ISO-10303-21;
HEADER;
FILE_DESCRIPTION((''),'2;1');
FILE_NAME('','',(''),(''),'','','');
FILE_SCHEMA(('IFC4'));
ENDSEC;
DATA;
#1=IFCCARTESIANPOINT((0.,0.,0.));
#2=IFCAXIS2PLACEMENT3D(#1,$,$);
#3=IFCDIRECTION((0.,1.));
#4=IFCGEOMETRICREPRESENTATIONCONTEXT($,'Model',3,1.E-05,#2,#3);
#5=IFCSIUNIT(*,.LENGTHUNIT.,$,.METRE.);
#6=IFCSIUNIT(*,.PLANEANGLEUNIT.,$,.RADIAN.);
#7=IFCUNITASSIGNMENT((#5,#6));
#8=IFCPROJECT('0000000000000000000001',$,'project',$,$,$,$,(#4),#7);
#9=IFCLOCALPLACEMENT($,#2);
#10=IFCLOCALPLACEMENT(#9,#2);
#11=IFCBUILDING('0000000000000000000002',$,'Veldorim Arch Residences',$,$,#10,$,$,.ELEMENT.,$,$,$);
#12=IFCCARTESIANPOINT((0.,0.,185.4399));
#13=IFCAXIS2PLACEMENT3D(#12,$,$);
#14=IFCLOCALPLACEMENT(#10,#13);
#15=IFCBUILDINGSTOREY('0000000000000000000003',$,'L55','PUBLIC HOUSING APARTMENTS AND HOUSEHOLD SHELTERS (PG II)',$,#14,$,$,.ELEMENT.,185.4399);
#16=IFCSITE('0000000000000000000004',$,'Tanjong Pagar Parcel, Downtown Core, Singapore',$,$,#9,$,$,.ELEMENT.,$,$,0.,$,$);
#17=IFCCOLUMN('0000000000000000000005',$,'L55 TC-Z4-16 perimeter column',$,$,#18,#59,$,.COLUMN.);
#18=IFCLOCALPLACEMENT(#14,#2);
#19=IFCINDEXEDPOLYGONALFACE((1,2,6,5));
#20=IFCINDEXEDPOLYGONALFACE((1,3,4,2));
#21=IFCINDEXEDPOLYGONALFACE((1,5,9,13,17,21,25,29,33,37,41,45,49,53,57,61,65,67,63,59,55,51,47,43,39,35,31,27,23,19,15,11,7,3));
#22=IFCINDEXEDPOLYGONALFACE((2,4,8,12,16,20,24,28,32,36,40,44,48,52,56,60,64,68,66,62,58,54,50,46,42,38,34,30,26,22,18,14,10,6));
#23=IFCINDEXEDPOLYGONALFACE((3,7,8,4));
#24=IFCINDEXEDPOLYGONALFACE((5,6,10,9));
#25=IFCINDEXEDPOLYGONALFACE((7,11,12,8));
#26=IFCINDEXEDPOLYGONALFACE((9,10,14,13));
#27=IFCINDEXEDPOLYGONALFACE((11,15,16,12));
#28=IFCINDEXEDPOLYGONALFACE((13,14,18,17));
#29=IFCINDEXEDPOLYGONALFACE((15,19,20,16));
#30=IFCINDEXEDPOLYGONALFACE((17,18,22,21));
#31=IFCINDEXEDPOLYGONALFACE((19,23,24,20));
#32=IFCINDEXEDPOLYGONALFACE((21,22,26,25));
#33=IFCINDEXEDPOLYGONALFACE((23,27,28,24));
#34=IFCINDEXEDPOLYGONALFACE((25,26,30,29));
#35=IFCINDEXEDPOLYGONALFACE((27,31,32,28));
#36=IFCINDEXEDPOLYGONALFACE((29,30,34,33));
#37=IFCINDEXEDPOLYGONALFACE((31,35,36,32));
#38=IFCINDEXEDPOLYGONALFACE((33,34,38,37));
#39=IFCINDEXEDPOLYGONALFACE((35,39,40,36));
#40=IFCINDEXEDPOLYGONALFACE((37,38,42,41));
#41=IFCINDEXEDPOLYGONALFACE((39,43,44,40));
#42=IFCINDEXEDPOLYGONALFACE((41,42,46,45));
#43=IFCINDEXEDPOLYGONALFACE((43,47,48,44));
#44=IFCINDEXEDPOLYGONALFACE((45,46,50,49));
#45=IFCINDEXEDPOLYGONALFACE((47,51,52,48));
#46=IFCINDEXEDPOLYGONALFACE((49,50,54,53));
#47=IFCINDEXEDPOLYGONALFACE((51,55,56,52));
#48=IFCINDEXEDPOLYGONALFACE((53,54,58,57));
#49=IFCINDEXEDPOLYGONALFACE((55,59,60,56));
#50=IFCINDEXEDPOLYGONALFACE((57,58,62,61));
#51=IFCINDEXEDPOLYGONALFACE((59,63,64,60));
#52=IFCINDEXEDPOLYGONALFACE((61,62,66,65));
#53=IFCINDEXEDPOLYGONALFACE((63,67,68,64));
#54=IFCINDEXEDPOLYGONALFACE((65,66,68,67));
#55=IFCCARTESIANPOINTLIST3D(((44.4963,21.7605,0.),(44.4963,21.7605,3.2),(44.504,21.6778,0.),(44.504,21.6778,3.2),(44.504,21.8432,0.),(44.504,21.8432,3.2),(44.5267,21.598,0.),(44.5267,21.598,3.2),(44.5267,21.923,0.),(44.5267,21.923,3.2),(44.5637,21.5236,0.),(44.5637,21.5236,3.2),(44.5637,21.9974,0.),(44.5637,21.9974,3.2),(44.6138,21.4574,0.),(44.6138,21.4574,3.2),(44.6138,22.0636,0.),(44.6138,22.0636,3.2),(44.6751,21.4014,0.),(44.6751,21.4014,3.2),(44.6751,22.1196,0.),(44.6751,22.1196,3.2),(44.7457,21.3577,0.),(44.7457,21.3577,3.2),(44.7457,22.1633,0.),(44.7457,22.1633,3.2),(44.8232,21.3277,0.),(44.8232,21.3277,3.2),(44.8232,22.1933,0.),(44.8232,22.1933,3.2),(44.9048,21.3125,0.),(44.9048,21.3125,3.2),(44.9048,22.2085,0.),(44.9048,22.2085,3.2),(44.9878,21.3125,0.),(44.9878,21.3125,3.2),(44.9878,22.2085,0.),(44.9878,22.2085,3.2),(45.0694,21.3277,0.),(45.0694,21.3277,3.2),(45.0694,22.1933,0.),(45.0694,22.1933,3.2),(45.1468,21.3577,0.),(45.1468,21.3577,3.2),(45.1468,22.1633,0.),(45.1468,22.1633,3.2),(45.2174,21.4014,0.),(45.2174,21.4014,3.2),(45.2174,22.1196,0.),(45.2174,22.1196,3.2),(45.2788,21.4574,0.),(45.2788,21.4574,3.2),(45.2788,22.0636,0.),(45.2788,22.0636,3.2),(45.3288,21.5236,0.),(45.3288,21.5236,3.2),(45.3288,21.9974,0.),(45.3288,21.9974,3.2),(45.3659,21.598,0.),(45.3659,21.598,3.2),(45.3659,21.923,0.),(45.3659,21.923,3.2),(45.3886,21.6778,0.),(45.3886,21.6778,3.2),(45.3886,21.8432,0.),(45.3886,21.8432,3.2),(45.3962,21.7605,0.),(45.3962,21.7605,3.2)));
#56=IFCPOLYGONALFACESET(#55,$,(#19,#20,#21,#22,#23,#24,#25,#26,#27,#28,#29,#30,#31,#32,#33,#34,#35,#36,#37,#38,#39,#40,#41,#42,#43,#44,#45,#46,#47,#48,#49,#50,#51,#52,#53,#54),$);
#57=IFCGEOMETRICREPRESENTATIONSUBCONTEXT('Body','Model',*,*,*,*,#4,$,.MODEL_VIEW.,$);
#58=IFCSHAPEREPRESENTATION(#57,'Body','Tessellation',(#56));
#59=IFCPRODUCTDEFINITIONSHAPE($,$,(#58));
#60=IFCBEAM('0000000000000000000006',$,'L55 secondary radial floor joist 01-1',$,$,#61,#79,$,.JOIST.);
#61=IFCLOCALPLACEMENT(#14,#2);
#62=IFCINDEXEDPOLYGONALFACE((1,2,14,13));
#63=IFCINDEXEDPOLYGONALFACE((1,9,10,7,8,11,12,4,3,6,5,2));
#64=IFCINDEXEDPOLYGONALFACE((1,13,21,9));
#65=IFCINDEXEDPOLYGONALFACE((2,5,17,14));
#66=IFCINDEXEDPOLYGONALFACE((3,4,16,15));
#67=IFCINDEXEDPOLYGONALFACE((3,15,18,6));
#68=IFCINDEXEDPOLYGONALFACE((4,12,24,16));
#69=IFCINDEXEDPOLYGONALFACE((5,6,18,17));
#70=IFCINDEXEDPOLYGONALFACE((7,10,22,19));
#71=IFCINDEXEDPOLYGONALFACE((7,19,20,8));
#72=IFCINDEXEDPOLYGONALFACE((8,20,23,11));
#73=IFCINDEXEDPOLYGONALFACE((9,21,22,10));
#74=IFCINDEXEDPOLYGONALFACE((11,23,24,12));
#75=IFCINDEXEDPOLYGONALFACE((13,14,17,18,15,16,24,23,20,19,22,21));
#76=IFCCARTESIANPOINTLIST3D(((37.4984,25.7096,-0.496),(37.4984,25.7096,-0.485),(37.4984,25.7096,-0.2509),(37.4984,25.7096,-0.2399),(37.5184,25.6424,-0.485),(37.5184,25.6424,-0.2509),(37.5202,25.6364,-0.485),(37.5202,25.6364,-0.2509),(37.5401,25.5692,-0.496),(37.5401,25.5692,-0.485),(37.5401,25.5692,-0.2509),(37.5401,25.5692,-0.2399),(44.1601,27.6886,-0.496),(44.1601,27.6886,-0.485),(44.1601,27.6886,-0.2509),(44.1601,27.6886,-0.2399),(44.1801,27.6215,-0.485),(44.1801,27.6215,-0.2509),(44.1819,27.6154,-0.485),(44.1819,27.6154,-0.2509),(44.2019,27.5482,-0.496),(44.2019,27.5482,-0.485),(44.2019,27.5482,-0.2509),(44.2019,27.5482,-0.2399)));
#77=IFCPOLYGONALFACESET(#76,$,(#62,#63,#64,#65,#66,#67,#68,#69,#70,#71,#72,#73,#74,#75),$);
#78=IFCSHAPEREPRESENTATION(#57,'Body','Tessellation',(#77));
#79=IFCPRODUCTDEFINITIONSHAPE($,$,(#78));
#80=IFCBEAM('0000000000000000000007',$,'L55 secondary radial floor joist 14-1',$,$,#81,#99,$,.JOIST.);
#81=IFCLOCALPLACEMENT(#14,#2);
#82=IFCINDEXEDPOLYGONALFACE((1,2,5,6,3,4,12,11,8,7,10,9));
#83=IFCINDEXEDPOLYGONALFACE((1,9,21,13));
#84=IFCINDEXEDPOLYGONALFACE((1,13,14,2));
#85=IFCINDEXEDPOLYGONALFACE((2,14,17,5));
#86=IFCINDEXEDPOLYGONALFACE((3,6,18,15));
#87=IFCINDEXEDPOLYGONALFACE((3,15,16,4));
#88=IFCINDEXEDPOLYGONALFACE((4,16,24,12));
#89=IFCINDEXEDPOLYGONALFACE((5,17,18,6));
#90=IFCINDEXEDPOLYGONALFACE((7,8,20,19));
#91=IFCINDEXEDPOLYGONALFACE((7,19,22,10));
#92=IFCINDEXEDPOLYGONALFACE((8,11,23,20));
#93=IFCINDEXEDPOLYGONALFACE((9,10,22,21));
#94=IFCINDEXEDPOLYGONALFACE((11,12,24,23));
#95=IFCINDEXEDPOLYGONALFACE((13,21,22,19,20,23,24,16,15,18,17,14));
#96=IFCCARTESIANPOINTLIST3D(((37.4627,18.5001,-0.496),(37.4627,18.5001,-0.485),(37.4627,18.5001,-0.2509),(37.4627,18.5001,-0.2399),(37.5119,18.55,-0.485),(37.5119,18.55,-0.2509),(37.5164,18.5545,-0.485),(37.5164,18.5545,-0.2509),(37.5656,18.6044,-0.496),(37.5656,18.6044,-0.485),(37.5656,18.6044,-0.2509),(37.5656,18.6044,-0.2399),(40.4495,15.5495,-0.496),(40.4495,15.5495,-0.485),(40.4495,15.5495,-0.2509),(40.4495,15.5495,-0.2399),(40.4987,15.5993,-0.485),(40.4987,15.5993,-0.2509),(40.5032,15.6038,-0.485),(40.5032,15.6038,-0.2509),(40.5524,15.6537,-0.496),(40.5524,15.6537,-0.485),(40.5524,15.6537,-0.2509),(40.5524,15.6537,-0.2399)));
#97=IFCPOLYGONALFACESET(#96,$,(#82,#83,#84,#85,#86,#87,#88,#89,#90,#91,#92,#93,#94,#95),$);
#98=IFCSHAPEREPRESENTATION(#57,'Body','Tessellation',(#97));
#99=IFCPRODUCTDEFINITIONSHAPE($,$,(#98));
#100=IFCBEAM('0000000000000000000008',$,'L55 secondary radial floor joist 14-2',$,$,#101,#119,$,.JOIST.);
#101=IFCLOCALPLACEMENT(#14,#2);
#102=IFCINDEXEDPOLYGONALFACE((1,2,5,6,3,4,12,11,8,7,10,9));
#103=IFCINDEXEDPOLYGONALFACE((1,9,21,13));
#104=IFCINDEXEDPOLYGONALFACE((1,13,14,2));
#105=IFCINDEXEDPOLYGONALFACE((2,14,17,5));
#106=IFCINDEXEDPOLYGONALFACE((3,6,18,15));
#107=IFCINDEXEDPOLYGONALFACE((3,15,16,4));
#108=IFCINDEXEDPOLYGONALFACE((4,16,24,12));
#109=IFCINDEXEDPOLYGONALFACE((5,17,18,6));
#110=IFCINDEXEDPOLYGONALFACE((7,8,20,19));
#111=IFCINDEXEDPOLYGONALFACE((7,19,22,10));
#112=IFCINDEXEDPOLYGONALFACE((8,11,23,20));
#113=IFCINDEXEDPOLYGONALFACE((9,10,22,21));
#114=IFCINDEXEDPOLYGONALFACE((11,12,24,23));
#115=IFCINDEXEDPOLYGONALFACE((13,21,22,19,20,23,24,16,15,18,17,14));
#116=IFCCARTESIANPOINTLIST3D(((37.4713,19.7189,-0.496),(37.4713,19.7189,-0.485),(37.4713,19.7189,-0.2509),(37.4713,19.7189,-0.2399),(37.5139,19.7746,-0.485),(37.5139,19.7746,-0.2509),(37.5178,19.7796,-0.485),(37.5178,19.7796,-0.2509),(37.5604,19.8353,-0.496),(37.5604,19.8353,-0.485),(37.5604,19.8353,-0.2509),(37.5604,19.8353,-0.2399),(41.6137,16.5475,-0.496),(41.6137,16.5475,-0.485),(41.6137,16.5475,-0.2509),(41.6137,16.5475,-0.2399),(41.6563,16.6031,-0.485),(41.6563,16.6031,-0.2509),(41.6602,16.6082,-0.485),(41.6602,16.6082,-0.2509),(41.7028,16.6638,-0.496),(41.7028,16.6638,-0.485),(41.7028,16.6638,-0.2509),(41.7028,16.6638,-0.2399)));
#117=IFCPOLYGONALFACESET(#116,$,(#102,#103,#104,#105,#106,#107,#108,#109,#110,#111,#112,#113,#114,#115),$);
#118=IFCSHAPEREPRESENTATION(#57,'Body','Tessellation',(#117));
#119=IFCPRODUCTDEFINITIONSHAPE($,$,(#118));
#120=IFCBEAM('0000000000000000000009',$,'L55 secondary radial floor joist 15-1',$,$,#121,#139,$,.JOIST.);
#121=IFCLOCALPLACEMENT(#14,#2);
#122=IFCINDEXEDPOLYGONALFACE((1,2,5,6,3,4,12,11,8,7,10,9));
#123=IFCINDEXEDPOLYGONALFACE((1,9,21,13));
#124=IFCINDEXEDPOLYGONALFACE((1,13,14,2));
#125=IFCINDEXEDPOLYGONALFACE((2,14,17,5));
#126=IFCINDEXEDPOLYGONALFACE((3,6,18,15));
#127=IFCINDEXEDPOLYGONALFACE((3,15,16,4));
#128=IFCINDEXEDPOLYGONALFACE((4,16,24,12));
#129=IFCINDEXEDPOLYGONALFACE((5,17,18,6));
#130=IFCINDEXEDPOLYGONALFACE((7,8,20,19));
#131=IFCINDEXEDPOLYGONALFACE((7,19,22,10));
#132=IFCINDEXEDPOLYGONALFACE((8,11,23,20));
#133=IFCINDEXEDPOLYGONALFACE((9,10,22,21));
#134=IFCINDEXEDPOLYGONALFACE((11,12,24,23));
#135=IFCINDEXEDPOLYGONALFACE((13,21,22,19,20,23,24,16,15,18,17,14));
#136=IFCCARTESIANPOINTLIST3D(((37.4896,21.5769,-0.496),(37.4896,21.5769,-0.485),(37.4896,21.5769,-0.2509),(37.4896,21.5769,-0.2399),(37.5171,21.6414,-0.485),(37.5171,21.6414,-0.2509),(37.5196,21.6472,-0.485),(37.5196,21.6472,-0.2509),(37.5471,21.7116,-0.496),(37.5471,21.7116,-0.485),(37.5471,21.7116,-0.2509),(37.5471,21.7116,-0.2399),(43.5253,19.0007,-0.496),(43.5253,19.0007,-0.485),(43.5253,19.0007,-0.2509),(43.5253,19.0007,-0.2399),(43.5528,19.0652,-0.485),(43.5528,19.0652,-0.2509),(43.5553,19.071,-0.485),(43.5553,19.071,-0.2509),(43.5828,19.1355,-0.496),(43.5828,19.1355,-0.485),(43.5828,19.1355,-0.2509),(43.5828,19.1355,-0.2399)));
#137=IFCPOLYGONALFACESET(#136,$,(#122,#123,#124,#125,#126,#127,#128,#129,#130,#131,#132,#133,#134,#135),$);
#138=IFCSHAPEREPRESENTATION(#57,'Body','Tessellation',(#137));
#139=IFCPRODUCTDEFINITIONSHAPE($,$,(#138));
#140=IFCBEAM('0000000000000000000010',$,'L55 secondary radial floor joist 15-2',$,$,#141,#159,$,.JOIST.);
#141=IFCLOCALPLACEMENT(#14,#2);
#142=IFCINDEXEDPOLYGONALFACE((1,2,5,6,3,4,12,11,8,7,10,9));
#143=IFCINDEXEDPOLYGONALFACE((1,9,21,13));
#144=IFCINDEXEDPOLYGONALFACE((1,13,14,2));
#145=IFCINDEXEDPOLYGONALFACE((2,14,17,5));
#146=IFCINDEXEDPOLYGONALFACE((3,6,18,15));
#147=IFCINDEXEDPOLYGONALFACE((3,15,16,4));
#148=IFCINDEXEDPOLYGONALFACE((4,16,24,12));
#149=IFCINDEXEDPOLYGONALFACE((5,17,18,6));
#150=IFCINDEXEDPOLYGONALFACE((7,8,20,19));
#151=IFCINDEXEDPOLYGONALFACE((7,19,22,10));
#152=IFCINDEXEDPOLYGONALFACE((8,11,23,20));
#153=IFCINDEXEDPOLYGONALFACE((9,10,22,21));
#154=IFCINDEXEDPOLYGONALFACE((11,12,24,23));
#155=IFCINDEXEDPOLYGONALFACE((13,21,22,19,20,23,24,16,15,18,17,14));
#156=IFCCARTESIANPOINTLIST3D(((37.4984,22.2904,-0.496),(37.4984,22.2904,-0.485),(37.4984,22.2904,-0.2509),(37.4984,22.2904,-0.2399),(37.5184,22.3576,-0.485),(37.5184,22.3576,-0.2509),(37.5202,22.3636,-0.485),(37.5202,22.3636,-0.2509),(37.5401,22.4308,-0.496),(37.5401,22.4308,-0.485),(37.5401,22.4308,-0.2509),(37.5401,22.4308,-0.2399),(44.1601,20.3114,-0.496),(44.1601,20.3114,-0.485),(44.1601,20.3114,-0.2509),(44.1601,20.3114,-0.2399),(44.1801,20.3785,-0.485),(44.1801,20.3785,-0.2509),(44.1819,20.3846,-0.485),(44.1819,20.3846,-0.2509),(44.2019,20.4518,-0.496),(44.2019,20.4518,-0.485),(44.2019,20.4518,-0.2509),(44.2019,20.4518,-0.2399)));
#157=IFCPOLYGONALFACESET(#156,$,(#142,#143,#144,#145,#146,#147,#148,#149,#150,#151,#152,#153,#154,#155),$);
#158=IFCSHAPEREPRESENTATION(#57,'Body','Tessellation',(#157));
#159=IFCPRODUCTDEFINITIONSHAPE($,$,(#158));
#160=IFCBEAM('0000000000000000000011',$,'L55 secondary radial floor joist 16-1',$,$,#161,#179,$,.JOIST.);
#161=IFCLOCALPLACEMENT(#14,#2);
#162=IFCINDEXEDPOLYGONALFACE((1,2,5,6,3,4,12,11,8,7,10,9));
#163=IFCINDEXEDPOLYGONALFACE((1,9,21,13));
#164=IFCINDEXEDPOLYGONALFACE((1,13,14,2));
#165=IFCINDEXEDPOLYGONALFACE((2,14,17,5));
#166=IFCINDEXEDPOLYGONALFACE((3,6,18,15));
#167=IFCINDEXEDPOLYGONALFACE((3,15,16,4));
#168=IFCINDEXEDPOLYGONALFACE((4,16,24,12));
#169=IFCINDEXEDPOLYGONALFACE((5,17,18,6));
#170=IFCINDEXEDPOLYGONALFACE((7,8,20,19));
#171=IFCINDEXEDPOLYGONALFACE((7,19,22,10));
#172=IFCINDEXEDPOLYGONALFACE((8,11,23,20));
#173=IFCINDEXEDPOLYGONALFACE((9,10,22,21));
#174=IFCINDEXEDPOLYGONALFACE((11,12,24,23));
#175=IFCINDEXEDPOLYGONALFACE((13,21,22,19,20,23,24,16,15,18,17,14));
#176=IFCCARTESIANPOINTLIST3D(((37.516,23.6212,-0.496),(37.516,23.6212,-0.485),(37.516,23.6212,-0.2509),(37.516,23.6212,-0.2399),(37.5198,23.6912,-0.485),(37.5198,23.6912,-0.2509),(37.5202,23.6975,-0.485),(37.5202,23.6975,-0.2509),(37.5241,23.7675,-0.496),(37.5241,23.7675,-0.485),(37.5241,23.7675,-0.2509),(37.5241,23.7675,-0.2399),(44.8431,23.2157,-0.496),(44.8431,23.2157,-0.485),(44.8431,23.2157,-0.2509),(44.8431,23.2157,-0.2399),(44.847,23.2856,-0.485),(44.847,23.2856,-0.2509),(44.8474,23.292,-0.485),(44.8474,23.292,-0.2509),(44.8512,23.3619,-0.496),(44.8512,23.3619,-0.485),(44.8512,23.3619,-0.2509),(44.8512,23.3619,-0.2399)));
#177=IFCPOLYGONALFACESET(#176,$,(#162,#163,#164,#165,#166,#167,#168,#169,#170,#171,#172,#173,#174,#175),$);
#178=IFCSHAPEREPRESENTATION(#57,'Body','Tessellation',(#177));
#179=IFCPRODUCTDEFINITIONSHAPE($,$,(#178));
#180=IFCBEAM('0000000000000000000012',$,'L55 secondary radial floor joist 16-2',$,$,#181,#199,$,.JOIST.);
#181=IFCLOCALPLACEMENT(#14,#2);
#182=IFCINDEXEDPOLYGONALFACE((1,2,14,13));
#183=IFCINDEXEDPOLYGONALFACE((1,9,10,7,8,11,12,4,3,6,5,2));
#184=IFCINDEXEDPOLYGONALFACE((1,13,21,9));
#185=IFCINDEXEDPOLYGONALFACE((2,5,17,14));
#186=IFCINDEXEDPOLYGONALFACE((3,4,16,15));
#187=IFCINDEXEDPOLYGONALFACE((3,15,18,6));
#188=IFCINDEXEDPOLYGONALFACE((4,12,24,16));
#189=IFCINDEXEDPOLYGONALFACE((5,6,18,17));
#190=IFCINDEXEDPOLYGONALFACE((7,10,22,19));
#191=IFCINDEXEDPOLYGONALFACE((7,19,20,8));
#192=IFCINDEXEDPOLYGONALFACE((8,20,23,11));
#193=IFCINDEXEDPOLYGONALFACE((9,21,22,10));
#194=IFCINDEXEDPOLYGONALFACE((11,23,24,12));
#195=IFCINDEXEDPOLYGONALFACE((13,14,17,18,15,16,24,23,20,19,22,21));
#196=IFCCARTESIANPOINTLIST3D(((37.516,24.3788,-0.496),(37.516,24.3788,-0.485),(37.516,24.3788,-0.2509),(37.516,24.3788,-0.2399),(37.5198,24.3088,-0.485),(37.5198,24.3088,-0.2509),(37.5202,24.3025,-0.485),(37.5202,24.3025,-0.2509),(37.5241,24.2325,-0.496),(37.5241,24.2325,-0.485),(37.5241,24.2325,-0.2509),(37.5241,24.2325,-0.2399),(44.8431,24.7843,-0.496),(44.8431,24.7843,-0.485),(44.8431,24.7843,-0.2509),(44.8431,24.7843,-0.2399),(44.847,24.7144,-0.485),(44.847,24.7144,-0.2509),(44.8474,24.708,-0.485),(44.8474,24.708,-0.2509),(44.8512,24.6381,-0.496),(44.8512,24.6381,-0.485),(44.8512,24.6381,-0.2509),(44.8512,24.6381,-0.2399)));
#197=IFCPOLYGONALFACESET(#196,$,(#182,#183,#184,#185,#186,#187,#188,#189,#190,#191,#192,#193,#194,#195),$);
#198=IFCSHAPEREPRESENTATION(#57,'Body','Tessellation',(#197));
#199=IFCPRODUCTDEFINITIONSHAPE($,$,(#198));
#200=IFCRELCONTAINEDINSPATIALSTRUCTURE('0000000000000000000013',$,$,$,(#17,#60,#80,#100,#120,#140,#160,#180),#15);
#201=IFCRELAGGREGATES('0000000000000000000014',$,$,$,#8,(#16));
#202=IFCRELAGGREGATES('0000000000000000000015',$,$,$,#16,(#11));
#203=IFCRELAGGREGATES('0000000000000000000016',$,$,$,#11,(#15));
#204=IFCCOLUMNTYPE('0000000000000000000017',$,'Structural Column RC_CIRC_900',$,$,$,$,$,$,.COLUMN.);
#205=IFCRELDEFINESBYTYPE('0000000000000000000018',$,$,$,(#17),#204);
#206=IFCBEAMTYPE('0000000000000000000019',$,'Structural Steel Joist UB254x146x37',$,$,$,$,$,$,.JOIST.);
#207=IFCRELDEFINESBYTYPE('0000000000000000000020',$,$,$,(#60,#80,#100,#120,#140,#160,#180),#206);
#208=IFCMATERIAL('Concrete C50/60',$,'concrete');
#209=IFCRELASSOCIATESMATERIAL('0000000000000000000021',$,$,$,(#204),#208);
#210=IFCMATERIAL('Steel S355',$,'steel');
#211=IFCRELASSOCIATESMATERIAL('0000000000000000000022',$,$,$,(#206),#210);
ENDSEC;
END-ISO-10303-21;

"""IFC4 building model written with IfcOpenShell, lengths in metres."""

from ifc_helpers import new_model, si_unit, direction, frame, origin, origin_2d, place, context, subcontext, project, spatial, circle, i_section, extrude, material, material_profile, profile_set, type_object, element, save


model = new_model("IFC4")

# Units and contexts
model_context = context("Model", 3, precision=1e-05, world=origin(), true_north=direction((0.0, 1.0)))
body_context = subcontext(model_context, "Body", "Model", "MODEL_VIEW")
ifc_project = project(units=[si_unit("LENGTHUNIT", "METRE"), si_unit("PLANEANGLEUNIT", "RADIAN")], contexts=[model_context])

# Site, building, storey
site_placement = place(None, origin())
site = spatial("IfcSite", under=ifc_project, at=site_placement, Name="Tanjong Pagar Parcel, Downtown Core, Singapore", CompositionType="ELEMENT", RefElevation=0.0)
building_placement = place(site_placement, origin())
building = spatial("IfcBuilding", under=site, at=building_placement, Name="Veldorim Arch Residences", CompositionType="ELEMENT")
storey_placement = place(building_placement, frame((0.0, 0.0, 185.4399)))
storey = spatial("IfcBuildingStorey", under=building, at=storey_placement, Name="L55", Description="PUBLIC HOUSING APARTMENTS AND HOUSEHOLD SHELTERS (PG II)", CompositionType="ELEMENT", Elevation=185.4399)

# Column
ifc_material_1 = material(Name="Concrete C50/60", Category="concrete")
ifc_material_profile_1 = material_profile(ifc_material_1, circle(Radius=0.45, at=origin_2d()), Name="RC_CIRC_900")
ifc_profile_set_1 = profile_set([ifc_material_profile_1], Name="Concrete C50/60")
column_type = type_object("IfcColumnType", Name="Structural Column RC_CIRC_900", PredefinedType="COLUMN", material=ifc_profile_set_1)
column_placement = place(storey_placement, frame((44.9463, 21.7605, 0.0), z_axis=(0.0, 0.0, 1.0), x_axis=(1.0, 0.0, 0.0)))
element("IfcColumn", 1, at=column_placement, inside=storey, type_object=column_type, Name="L55 TC-Z4-16 perimeter column", PredefinedType="COLUMN", context=body_context, shape_type="SweptSolid", body=[
    extrude(circle(Radius=0.45, at=origin_2d()), origin(), (0.0, 0.0, 1.0), 3.2),
])

# Beams
ifc_material_2 = material(Name="Steel S355", Category="steel")
ifc_material_profile_2 = material_profile(ifc_material_2, i_section(OverallWidth=0.1465, OverallDepth=0.2561, WebThickness=0.0063, FlangeThickness=0.011, at=origin_2d()), Name="UB254x146x37")
ifc_profile_set_2 = profile_set([ifc_material_profile_2], Name="Steel S355")
beam_type_1 = type_object("IfcBeamType", Name="Structural Steel Joist UB254x146x37", PredefinedType="JOIST", material=ifc_profile_set_2)
beam_1_placement = place(storey_placement, frame((37.5193, 25.6394, -0.3679), z_axis=(0.958594, 0.284775, 0.0), x_axis=(-0.284775, 0.958594, 0.0)))
element("IfcBeam", 2, at=beam_1_placement, inside=storey, type_object=beam_type_1, Name="L55 secondary radial floor joist 01-1", PredefinedType="JOIST", context=body_context, shape_type="SweptSolid", body=[
    extrude(i_section(OverallWidth=0.1465, OverallDepth=0.2561, WebThickness=0.0063, FlangeThickness=0.011, at=origin_2d()), origin(), (0.0, 0.0, 1.0), 6.9495),
])
beam_2_placement = place(storey_placement, frame((37.5142, 18.5522, -0.3679), z_axis=(0.711397, -0.702791, 0.0), x_axis=(0.702791, 0.711397, 0.0)))
element("IfcBeam", 3, at=beam_2_placement, inside=storey, type_object=beam_type_1, Name="L55 secondary radial floor joist 14-1", PredefinedType="JOIST", context=body_context, shape_type="SweptSolid", body=[
    extrude(i_section(OverallWidth=0.1465, OverallDepth=0.2561, WebThickness=0.0063, FlangeThickness=0.011, at=origin_2d()), origin(), (0.0, 0.0, 1.0), 4.1985),
])
beam_3_placement = place(storey_placement, frame((37.5159, 19.7771, -0.3679), z_axis=(0.794014, -0.6079, 0.0), x_axis=(0.6079, 0.794014, 0.0)))
element("IfcBeam", 4, at=beam_3_placement, inside=storey, type_object=beam_type_1, Name="L55 secondary radial floor joist 14-2", PredefinedType="JOIST", context=body_context, shape_type="SweptSolid", body=[
    extrude(i_section(OverallWidth=0.1465, OverallDepth=0.2561, WebThickness=0.0063, FlangeThickness=0.011, at=origin_2d()), origin(), (0.0, 0.0, 1.0), 5.217),
])
beam_4_placement = place(storey_placement, frame((37.5183, 21.6443, -0.3679), z_axis=(0.919725, -0.392563, 0.0), x_axis=(0.392563, 0.919725, 0.0)))
element("IfcBeam", 5, at=beam_4_placement, inside=storey, type_object=beam_type_1, Name="L55 secondary radial floor joist 15-1", PredefinedType="JOIST", context=body_context, shape_type="SweptSolid", body=[
    extrude(i_section(OverallWidth=0.1465, OverallDepth=0.2561, WebThickness=0.0063, FlangeThickness=0.011, at=origin_2d()), origin(), (0.0, 0.0, 1.0), 6.5625),
])
beam_5_placement = place(storey_placement, frame((37.5193, 22.3606, -0.3679), z_axis=(0.958594, -0.284775, 0.0), x_axis=(0.284775, 0.958594, 0.0)))
element("IfcBeam", 6, at=beam_5_placement, inside=storey, type_object=beam_type_1, Name="L55 secondary radial floor joist 15-2", PredefinedType="JOIST", context=body_context, shape_type="SweptSolid", body=[
    extrude(i_section(OverallWidth=0.1465, OverallDepth=0.2561, WebThickness=0.0063, FlangeThickness=0.011, at=origin_2d()), origin(), (0.0, 0.0, 1.0), 6.9495),
])
for number, where, z_axis, x_axis, name in (
    (7, (37.52, 23.6943, -0.3679), (0.998472, -0.05526, 0.0), (0.05526, 0.998472, 0.0), "L55 secondary radial floor joist 16-1"),
    (8, (37.52, 24.3057, -0.3679), (0.998472, 0.05526, 0.0), (-0.05526, 0.998472, 0.0), "L55 secondary radial floor joist 16-2"),
):
    element("IfcBeam", number, at=place(storey_placement, frame(where, z_axis=z_axis, x_axis=x_axis)), inside=storey, type_object=beam_type_1, Name=name, PredefinedType="JOIST", context=body_context, shape_type="SweptSolid", body=[
        extrude(i_section(OverallWidth=0.1465, OverallDepth=0.2561, WebThickness=0.0063, FlangeThickness=0.011, at=origin_2d()), origin(), (0.0, 0.0, 1.0), 7.3384),
    ])

save(model, "model.ifc")
